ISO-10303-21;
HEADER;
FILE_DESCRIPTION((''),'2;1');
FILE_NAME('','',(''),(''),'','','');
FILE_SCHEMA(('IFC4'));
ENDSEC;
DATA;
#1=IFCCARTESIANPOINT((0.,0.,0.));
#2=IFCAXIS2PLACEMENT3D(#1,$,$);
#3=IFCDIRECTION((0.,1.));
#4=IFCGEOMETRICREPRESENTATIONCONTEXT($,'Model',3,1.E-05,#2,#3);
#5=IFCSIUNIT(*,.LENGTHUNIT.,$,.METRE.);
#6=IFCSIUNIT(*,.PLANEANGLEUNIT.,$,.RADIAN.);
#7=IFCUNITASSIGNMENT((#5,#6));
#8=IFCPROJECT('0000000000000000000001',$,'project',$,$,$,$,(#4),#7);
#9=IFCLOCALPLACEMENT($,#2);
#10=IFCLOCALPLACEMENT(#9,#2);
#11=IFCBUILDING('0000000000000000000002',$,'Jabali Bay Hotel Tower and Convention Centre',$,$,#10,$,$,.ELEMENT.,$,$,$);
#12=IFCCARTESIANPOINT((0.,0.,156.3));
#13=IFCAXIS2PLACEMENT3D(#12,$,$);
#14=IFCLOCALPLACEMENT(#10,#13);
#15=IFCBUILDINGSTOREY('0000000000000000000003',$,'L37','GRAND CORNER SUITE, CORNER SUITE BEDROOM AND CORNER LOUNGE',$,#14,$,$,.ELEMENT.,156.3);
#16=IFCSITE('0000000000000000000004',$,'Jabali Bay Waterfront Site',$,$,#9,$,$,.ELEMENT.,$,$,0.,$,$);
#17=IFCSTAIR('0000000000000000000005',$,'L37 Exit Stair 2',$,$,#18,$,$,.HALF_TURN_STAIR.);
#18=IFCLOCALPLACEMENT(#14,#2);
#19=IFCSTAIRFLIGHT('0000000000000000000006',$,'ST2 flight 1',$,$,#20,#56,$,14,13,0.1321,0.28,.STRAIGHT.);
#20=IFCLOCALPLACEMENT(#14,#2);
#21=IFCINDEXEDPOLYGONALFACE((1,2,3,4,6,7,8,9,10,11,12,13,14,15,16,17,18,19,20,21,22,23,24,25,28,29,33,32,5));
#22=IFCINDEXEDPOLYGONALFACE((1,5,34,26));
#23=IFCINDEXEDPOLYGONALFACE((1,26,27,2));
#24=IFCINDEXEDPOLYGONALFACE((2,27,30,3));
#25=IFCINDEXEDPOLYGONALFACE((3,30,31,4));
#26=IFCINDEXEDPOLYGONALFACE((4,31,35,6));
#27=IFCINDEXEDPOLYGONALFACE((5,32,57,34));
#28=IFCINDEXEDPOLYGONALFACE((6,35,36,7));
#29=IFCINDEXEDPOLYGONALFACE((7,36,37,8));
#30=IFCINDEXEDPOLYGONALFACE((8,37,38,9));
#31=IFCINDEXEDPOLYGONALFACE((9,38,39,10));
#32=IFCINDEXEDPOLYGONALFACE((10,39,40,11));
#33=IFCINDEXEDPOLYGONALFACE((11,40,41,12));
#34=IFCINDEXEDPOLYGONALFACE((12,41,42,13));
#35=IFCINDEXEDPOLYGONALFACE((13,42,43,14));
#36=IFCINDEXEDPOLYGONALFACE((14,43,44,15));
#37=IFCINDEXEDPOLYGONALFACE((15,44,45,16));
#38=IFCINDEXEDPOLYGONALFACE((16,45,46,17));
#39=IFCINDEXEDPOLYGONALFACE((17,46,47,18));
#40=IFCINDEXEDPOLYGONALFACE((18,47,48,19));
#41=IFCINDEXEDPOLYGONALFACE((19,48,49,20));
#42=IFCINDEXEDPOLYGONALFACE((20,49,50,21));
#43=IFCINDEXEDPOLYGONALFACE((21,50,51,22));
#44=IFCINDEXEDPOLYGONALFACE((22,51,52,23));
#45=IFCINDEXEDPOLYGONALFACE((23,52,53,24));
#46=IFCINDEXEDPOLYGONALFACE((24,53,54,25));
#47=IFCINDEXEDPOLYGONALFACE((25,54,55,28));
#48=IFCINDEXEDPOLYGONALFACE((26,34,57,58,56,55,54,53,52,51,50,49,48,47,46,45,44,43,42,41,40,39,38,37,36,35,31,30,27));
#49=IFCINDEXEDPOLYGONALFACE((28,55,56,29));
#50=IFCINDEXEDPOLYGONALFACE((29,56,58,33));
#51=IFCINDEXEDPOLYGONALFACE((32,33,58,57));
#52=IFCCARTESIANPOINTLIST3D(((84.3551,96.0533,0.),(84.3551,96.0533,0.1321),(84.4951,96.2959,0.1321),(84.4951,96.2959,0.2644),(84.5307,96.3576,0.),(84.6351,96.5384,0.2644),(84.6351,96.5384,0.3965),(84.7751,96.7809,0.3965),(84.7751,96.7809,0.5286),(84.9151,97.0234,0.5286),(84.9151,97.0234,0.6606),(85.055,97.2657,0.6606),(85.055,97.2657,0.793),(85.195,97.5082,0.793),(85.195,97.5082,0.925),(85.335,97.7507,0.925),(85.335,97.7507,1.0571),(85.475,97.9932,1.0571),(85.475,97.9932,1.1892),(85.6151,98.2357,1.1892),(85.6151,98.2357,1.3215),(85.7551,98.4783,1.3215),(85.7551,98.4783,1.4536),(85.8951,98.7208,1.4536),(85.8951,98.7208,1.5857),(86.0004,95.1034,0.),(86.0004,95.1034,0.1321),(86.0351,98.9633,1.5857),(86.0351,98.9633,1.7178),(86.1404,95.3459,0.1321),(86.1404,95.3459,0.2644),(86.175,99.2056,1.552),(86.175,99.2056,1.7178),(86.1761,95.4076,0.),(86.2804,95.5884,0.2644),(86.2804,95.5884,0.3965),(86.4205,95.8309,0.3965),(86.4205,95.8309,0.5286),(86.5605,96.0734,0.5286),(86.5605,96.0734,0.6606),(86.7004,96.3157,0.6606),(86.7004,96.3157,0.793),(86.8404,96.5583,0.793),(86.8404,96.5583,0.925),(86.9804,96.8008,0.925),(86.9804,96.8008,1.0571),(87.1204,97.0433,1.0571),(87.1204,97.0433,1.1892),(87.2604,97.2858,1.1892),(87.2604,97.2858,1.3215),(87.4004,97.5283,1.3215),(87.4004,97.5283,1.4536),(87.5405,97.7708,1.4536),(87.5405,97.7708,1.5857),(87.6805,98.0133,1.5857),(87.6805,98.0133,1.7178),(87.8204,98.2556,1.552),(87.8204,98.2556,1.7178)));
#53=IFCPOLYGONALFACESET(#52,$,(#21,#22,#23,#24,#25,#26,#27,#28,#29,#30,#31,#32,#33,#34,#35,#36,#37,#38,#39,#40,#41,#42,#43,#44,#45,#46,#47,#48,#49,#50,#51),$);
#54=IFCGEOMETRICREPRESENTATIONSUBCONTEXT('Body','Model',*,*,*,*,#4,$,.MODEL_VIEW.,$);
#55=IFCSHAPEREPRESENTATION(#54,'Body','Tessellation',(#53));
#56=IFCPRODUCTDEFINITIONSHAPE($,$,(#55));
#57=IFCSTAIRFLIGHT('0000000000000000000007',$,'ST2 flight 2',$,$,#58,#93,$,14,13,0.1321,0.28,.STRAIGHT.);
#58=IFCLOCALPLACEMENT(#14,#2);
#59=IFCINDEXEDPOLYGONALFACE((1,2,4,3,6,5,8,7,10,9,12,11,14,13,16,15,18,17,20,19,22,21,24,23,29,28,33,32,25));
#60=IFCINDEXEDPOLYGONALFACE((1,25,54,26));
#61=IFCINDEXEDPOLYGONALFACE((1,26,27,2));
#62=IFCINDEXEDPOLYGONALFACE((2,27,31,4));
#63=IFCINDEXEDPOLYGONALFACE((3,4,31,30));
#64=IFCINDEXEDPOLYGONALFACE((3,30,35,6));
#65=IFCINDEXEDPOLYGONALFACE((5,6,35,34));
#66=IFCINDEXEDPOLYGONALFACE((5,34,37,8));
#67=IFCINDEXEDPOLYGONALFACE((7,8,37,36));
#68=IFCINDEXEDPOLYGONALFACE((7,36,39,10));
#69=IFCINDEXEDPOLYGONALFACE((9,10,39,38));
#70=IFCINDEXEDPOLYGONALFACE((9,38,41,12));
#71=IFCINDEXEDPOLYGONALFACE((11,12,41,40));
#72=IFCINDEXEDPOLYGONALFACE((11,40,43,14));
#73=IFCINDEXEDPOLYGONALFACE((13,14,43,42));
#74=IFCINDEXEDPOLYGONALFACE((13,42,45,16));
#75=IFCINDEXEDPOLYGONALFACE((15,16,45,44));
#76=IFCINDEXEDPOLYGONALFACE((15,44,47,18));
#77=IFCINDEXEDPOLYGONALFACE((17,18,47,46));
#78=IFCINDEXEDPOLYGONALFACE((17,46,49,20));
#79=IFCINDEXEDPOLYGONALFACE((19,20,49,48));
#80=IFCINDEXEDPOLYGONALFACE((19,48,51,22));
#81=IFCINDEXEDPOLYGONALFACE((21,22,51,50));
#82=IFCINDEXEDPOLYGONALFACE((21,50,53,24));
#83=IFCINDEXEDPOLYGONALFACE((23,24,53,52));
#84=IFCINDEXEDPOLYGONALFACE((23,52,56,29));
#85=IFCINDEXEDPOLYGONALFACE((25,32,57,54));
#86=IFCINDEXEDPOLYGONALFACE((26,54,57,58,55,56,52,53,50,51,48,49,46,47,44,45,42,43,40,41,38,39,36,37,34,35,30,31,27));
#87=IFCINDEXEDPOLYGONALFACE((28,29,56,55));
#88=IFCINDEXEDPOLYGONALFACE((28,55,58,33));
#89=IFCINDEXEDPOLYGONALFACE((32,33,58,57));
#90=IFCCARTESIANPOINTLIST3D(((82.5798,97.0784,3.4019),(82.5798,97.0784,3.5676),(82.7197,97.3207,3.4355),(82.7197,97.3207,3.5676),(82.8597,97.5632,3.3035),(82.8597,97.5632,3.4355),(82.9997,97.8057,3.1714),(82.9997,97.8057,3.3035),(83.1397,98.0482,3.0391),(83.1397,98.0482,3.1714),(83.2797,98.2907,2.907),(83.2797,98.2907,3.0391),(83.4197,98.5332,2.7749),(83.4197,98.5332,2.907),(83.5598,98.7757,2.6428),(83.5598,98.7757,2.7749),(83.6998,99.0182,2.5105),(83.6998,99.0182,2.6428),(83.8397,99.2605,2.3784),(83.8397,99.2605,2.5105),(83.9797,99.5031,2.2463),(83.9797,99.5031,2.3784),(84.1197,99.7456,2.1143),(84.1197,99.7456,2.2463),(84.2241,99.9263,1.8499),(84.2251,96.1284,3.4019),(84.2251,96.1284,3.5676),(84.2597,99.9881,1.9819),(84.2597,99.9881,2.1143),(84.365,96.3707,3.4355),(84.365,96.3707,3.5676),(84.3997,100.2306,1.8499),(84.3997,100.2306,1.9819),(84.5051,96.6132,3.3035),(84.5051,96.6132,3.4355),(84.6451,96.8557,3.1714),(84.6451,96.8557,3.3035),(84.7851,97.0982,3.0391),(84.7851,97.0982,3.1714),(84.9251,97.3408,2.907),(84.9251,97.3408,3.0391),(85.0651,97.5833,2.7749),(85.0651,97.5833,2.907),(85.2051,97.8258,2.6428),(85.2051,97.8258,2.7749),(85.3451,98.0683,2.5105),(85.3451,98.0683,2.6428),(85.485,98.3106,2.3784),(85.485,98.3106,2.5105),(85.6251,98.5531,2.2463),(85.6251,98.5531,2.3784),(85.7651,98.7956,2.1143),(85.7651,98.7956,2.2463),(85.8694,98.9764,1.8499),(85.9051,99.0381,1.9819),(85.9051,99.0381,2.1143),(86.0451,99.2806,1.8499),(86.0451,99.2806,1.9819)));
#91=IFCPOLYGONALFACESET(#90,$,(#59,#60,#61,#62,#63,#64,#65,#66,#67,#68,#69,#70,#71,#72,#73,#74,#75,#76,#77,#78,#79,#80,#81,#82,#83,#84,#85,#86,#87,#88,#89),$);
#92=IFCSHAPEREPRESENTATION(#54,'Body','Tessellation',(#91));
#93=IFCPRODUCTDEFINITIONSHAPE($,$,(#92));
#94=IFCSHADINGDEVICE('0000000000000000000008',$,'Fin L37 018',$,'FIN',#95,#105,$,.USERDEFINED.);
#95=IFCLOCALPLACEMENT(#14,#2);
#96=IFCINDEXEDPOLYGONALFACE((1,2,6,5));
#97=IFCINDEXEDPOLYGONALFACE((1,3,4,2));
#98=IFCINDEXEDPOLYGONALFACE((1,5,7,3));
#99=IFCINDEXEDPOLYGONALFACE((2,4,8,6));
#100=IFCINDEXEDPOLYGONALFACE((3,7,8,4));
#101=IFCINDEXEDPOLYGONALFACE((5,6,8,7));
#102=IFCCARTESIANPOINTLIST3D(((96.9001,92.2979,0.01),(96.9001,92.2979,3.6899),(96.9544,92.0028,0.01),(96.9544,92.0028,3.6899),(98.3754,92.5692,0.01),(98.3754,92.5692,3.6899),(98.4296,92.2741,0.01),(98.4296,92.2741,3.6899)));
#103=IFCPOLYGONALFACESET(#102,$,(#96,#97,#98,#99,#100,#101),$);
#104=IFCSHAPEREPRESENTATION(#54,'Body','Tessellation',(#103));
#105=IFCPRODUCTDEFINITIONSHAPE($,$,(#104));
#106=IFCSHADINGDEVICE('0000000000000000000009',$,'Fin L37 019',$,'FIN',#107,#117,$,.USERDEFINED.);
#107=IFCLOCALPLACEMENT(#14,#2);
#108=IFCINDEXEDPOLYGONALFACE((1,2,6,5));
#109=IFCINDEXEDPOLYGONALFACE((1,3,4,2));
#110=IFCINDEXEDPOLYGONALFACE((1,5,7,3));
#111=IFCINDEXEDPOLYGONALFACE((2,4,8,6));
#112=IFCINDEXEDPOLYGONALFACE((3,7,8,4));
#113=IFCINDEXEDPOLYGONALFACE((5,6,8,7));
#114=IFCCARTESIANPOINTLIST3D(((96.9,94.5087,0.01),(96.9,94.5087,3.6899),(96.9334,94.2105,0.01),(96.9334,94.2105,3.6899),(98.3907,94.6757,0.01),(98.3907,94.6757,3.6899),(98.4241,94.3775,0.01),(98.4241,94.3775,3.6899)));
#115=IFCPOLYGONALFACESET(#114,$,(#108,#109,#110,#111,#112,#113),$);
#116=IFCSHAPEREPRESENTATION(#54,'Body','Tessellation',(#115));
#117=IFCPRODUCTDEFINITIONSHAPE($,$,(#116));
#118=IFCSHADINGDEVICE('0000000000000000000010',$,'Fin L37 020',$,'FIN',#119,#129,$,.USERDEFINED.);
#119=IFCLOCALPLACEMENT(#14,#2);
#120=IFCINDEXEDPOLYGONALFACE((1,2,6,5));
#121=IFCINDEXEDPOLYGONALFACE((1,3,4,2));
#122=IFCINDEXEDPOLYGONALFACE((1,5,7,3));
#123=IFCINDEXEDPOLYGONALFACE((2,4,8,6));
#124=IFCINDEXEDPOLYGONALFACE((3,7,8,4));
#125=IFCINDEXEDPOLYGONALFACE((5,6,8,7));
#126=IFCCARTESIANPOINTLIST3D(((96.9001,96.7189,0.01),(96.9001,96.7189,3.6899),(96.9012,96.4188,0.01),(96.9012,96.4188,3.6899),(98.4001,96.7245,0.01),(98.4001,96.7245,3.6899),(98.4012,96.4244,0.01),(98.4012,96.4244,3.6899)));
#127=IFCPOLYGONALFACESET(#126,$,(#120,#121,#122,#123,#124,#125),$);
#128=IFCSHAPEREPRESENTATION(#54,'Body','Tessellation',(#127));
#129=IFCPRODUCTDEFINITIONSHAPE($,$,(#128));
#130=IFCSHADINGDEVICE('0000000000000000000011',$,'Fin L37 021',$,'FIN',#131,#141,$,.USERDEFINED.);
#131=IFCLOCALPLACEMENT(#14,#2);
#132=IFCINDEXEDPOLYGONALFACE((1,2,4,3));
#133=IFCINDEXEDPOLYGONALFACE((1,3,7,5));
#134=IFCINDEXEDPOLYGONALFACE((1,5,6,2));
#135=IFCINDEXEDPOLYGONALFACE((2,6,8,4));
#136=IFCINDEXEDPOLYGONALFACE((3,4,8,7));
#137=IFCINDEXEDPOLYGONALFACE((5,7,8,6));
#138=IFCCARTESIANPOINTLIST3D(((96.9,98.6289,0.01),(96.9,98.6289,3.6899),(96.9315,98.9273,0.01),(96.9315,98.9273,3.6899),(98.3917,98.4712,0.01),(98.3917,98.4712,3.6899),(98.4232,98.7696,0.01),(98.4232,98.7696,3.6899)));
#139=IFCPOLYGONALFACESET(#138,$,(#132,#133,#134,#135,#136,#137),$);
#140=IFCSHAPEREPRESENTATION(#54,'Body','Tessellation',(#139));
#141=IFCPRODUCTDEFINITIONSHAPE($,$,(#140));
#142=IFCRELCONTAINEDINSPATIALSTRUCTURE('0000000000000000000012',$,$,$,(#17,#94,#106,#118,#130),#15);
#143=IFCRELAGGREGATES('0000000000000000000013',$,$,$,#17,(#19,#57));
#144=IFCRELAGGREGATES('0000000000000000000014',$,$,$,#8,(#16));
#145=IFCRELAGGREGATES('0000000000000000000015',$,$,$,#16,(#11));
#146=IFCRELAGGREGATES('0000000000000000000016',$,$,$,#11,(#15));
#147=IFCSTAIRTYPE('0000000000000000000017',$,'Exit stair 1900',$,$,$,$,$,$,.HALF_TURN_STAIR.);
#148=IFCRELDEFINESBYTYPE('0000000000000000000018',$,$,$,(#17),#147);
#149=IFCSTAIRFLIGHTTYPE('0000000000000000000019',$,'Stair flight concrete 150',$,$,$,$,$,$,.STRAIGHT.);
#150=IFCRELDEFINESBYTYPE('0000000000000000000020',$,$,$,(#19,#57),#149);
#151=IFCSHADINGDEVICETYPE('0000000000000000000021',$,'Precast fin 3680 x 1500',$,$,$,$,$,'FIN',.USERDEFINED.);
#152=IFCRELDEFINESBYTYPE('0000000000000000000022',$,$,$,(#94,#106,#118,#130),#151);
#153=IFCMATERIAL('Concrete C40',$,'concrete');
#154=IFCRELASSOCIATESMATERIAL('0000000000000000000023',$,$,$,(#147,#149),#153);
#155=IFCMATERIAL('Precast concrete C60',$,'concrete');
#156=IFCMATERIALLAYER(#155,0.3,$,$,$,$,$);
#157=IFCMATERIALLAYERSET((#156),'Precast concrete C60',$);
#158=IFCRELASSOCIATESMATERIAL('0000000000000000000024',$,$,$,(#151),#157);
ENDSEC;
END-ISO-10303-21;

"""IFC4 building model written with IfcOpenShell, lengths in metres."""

from ifc_helpers import new_model, si_unit, direction, frame, frame_2d, origin, place, context, subcontext, project, spatial, polyline, rectangle, outline, extrude, material, layer, layer_set, type_object, element, aggregate, save


model = new_model("IFC4")

# Units and contexts
model_context = context("Model", 3, precision=1e-05, world=origin(), true_north=direction((0.0, 1.0)))
body_context = subcontext(model_context, "Body", "Model", "MODEL_VIEW")
ifc_project = project(units=[si_unit("LENGTHUNIT", "METRE"), si_unit("PLANEANGLEUNIT", "RADIAN")], contexts=[model_context])

# Site, building, storey
site_placement = place(None, origin())
site = spatial("IfcSite", under=ifc_project, at=site_placement, Name="Jabali Bay Waterfront Site", CompositionType="ELEMENT", RefElevation=0.0)
building_placement = place(site_placement, origin())
building = spatial("IfcBuilding", under=site, at=building_placement, Name="Jabali Bay Hotel Tower and Convention Centre", CompositionType="ELEMENT")
storey_placement = place(building_placement, frame((0.0, 0.0, 156.3)))
storey = spatial("IfcBuildingStorey", under=building, at=storey_placement, Name="L37", Description="GRAND CORNER SUITE, CORNER SUITE BEDROOM AND CORNER LOUNGE", CompositionType="ELEMENT", Elevation=156.3)

# Shared definitions
ifc_material_1 = material(Name="Concrete C40", Category="concrete")

# Stair, stair flights
stair_type = type_object("IfcStairType", Name="Exit stair 1900", PredefinedType="HALF_TURN_STAIR", material=ifc_material_1)
stair_placement = place(storey_placement, origin())
stair = element("IfcStair", 1, at=stair_placement, inside=storey, type_object=stair_type, Name="L37 Exit Stair 2", PredefinedType="HALF_TURN_STAIR")
stair_flight_type = type_object("IfcStairFlightType", Name="Stair flight concrete 150", PredefinedType="STRAIGHT", material=ifc_material_1)
stair_flight_1_placement = place(storey_placement, frame((85.1777, 95.5784, 0.0), z_axis=(0.0, 0.0, 1.0), x_axis=(0.5, 0.866025, 0.0)))
stair_flight_1 = element("IfcStairFlight", 2, at=stair_flight_1_placement, type_object=stair_flight_type, Name="ST2 flight 1", NumberOfRisers=14, NumberOfTreads=13, PredefinedType="STRAIGHT", RiserHeight=0.1321, TreadLength=0.28, context=body_context, shape_type="SweptSolid", body=[
    extrude(outline(polyline([(0.0, 0.0), (0.0, 0.1321), (0.28, 0.1321), (0.28, 0.2644), (0.5601, 0.2644), (0.5601, 0.3965), (0.8401, 0.3965), (0.8401, 0.5286), (1.1201, 0.5286), (1.1201, 0.6606), (1.3999, 0.6606), (1.3999, 0.793), (1.6799, 0.793), (1.6799, 0.925), (1.96, 0.925), (1.96, 1.0571), (2.24, 1.0571), (2.24, 1.1892), (2.52, 1.1892), (2.52, 1.3215), (2.8, 1.3215), (2.8, 1.4536), (3.0801, 1.4536), (3.0801, 1.5857), (3.3601, 1.5857), (3.3601, 1.7178), (3.6399, 1.7178), (3.6399, 1.8501), (3.6399, 1.552), (0.3513, 0.0), (0.0, 0.0)])), frame((0.0, 0.95, 0.0), z_axis=(0.0, -1.0, 0.0), x_axis=(1.0, 0.0, 0.0)), (0.0, 0.0, 1.0), 1.8999),
])
stair_flight_2_placement = place(storey_placement, frame((85.2224, 99.7556, 1.8499), z_axis=(0.0, 0.0, 1.0), x_axis=(-0.5, -0.866025, 0.0)))
stair_flight_2 = element("IfcStairFlight", 3, at=stair_flight_2_placement, type_object=stair_flight_type, Name="ST2 flight 2", NumberOfRisers=14, NumberOfTreads=13, PredefinedType="STRAIGHT", RiserHeight=0.1321, TreadLength=0.28, context=body_context, shape_type="SweptSolid", body=[
    extrude(outline(polyline([(0.0, 0.0), (0.0, 0.1321), (0.28, 0.1321), (0.28, 0.2644), (0.5601, 0.2644), (0.5601, 0.3965), (0.8401, 0.3965), (0.8401, 0.5286), (1.1201, 0.5286), (1.1201, 0.6606), (1.3999, 0.6606), (1.3999, 0.793), (1.6799, 0.793), (1.6799, 0.925), (1.96, 0.925), (1.96, 1.0571), (2.24, 1.0571), (2.24, 1.1892), (2.52, 1.1892), (2.52, 1.3215), (2.8, 1.3215), (2.8, 1.4536), (3.0801, 1.4536), (3.0801, 1.5857), (3.3601, 1.5857), (3.3601, 1.7178), (3.6399, 1.7178), (3.6399, 1.8501), (3.6399, 1.552), (0.3513, 0.0), (0.0, 0.0)])), frame((0.0, 0.95, 0.0), z_axis=(0.0, -1.0, 0.0), x_axis=(1.0, 0.0, 0.0)), (0.0, 0.0, 1.0), 1.8999),
])
aggregate(stair, [stair_flight_1, stair_flight_2])

# Shading devices
ifc_material_2 = material(Name="Precast concrete C60", Category="concrete")
ifc_layer_1 = layer(ifc_material_2, 0.3)
ifc_layer_set_1 = layer_set([ifc_layer_1], Name="Precast concrete C60")
shading_device_type = type_object("IfcShadingDeviceType", Name="Precast fin 3680 x 1500", ElementType="FIN", PredefinedType="USERDEFINED", material=ifc_layer_set_1)
for number, where, z_axis, x_axis, name in (
    (4, (96.9272, 92.1504, 0.01), (0.0, 0.0, 1.0), (0.983516, 0.180819, 0.0), "Fin L37 018"),
    (5, (96.9167, 94.3596, 0.01), (0.0, 0.0, 1.0), (0.993784, 0.111325, 0.0), "Fin L37 019"),
    (6, (96.9006, 96.5688, 0.01), (0.0, 0.0, 1.0), (0.999993, 0.003743, 0.0), "Fin L37 020"),
    (7, (96.9158, 98.7781, 0.01), (0.0, 0.0, 1.0), (0.994457, -0.105142, 0.0), "Fin L37 021"),
):
    element("IfcShadingDevice", number, at=place(storey_placement, frame(where, z_axis=z_axis, x_axis=x_axis)), inside=storey, type_object=shading_device_type, Name=name, ObjectType="FIN", PredefinedType="USERDEFINED", context=body_context, shape_type="SweptSolid", body=[
        extrude(rectangle(XDim=1.5, YDim=0.3, at=frame_2d((0.75, 0.0))), origin(), (0.0, 0.0, 1.0), 3.6799),
    ])

save(model, "model.ifc")
